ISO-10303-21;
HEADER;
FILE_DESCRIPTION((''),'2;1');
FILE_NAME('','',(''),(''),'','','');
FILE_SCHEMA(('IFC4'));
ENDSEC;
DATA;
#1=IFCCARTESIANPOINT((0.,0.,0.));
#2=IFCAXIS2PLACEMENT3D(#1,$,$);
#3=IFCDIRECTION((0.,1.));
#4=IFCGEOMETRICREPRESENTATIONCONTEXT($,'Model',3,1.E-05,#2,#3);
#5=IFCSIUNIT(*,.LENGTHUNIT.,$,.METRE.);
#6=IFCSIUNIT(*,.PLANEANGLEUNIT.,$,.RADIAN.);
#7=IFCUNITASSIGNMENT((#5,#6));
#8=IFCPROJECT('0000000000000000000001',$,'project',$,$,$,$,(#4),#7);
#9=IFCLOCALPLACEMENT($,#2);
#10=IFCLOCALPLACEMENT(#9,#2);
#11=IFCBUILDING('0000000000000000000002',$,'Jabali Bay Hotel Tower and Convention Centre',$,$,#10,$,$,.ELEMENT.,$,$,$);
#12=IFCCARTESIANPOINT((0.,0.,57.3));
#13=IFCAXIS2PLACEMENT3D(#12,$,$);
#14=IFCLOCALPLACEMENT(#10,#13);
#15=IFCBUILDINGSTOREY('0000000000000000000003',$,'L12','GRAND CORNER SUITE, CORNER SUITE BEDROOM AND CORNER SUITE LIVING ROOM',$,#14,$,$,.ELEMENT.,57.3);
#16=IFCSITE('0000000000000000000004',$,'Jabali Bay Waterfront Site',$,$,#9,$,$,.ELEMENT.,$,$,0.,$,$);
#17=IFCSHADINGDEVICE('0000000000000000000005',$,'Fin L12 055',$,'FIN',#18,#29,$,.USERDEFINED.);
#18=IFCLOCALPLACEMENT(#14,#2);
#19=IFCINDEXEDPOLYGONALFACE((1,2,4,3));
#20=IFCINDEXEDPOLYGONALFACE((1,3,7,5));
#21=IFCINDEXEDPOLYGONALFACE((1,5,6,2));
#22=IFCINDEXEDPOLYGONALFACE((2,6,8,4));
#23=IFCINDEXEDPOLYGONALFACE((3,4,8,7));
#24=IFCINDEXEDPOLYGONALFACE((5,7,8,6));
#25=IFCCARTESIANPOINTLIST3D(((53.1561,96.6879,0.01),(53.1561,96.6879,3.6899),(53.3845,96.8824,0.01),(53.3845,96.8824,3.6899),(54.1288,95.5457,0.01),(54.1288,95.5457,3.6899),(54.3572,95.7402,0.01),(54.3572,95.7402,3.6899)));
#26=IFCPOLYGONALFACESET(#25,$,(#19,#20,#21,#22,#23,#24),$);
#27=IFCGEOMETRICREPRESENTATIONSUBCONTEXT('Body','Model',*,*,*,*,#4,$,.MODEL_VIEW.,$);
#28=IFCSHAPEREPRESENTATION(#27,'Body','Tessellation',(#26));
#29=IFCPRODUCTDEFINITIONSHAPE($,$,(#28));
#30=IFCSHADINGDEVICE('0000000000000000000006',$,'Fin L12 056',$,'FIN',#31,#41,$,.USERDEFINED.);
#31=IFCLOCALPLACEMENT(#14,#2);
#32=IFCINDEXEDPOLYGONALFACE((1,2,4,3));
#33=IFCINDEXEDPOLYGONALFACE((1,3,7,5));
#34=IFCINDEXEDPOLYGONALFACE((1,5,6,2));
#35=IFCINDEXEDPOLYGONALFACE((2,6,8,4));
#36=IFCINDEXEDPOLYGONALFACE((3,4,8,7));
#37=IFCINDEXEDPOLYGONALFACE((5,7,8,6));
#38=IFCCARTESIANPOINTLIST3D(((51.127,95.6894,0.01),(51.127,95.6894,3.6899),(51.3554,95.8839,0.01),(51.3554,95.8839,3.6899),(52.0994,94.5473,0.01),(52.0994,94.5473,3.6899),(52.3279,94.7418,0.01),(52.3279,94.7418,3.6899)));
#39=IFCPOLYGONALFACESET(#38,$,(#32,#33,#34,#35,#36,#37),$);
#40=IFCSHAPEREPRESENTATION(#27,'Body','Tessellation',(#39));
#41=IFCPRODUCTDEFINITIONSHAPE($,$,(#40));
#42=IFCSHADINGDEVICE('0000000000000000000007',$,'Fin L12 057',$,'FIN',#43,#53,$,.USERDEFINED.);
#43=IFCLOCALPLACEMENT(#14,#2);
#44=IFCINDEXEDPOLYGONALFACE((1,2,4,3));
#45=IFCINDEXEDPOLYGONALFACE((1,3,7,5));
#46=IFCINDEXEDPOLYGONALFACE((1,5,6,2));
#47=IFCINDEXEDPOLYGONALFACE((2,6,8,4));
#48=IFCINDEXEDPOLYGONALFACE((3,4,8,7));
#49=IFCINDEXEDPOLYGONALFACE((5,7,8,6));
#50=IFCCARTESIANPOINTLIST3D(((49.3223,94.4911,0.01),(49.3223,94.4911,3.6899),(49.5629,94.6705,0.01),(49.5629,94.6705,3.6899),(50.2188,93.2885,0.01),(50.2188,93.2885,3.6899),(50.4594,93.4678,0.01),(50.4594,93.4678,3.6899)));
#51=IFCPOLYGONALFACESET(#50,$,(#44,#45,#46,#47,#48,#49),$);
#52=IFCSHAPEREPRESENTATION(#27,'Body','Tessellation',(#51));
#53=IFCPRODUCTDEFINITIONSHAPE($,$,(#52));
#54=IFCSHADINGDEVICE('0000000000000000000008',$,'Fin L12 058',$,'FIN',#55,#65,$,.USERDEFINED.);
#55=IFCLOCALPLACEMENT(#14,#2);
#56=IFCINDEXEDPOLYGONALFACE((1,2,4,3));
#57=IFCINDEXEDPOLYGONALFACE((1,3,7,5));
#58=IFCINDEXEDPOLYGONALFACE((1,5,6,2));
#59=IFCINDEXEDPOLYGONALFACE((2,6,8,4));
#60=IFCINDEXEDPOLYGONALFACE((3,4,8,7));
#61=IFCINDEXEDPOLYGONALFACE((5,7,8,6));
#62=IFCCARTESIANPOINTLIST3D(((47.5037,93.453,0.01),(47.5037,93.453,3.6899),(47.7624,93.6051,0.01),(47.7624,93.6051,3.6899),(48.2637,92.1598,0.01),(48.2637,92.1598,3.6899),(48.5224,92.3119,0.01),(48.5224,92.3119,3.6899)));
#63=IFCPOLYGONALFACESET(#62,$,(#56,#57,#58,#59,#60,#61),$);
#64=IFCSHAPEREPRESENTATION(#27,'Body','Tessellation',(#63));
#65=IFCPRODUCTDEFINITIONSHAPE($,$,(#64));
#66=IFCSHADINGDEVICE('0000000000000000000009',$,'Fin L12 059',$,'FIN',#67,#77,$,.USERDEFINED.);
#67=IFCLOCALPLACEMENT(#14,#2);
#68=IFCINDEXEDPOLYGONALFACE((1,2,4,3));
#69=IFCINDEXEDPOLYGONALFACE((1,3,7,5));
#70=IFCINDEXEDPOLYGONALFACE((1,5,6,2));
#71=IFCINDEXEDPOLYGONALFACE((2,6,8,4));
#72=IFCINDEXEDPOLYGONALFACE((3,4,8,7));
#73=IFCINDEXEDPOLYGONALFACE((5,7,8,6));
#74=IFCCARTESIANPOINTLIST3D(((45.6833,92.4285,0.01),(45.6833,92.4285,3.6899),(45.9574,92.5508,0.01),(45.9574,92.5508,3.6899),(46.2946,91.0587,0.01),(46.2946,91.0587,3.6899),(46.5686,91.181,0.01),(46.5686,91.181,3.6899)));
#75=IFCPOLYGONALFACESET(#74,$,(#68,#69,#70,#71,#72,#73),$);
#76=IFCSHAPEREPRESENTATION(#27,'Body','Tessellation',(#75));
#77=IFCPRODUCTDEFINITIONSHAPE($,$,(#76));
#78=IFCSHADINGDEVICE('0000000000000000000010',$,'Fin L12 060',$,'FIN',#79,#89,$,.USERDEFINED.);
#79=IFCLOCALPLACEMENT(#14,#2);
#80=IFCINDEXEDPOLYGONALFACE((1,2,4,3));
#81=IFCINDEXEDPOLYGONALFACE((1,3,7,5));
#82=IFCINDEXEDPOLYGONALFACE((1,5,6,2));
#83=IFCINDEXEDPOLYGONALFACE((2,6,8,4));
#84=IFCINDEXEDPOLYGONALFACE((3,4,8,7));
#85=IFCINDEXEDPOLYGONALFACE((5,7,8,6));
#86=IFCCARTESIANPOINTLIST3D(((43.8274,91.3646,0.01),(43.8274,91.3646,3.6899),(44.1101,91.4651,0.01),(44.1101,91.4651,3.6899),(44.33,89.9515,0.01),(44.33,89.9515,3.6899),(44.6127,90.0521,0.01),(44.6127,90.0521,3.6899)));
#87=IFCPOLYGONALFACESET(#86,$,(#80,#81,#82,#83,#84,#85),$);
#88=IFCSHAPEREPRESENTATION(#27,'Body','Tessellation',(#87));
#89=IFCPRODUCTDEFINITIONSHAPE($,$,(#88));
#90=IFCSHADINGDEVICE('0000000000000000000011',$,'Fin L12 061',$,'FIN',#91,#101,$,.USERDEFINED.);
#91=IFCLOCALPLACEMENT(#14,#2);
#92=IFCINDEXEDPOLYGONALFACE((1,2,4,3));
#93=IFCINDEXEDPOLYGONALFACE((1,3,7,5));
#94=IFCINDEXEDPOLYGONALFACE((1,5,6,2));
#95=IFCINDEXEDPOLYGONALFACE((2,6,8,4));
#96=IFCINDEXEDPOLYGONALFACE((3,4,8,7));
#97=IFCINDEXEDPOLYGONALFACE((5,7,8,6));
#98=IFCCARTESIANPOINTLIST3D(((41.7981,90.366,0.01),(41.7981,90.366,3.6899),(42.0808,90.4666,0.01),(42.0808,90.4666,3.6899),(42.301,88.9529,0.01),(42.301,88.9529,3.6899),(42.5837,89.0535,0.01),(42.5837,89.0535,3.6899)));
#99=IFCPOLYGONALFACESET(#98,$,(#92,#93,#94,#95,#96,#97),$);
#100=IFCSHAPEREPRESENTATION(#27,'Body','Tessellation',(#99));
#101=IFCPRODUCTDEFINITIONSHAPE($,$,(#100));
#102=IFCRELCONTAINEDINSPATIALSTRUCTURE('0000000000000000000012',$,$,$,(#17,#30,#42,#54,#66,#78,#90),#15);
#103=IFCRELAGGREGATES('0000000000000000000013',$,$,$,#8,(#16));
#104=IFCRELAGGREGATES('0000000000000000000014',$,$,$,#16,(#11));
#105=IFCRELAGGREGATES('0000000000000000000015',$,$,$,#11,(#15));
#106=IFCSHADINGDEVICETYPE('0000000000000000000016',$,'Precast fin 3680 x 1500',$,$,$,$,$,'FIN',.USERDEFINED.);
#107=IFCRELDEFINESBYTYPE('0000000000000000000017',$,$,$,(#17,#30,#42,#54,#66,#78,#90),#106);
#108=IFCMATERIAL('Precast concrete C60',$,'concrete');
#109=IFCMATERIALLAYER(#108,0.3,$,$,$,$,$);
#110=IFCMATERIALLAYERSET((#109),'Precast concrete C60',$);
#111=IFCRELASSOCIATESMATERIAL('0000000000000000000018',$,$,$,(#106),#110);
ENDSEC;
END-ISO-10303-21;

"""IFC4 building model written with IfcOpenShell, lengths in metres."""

from ifc_helpers import new_model, si_unit, direction, frame, frame_2d, origin, place, context, subcontext, project, spatial, rectangle, extrude, material, layer, layer_set, type_object, element, save


model = new_model("IFC4")

# Units and contexts
model_context = context("Model", 3, precision=1e-05, world=origin(), true_north=direction((0.0, 1.0)))
body_context = subcontext(model_context, "Body", "Model", "MODEL_VIEW")
ifc_project = project(units=[si_unit("LENGTHUNIT", "METRE"), si_unit("PLANEANGLEUNIT", "RADIAN")], contexts=[model_context])

# Site, building, storey
site_placement = place(None, origin())
site = spatial("IfcSite", under=ifc_project, at=site_placement, Name="Jabali Bay Waterfront Site", CompositionType="ELEMENT", RefElevation=0.0)
building_placement = place(site_placement, origin())
building = spatial("IfcBuilding", under=site, at=building_placement, Name="Jabali Bay Hotel Tower and Convention Centre", CompositionType="ELEMENT")
storey_placement = place(building_placement, frame((0.0, 0.0, 57.3)))
storey = spatial("IfcBuildingStorey", under=building, at=storey_placement, Name="L12", Description="GRAND CORNER SUITE, CORNER SUITE BEDROOM AND CORNER SUITE LIVING ROOM", CompositionType="ELEMENT", Elevation=57.3)

# Shading devices
ifc_material_1 = material(Name="Precast concrete C60", Category="concrete")
ifc_layer_1 = layer(ifc_material_1, 0.3)
ifc_layer_set_1 = layer_set([ifc_layer_1], Name="Precast concrete C60")
shading_device_type = type_object("IfcShadingDeviceType", Name="Precast fin 3680 x 1500", ElementType="FIN", PredefinedType="USERDEFINED", material=ifc_layer_set_1)
shading_device_1_placement = place(storey_placement, frame((54.2429, 95.6431, 0.01), z_axis=(0.0, 0.0, 1.0), x_axis=(-0.648376, 0.761321, 0.0)))
element("IfcShadingDevice", 1, at=shading_device_1_placement, inside=storey, type_object=shading_device_type, Name="Fin L12 055", ObjectType="FIN", PredefinedType="USERDEFINED", context=body_context, shape_type="SweptSolid", body=[
    extrude(rectangle(XDim=1.5002, YDim=0.3, at=frame_2d((0.75, 0.0))), origin(), (0.0, 0.0, 1.0), 3.6799),
])
for number, where, z_axis, x_axis, name in (
    (2, (52.2136, 94.6445, 0.01), (0.0, 0.0, 1.0), (-0.648281, 0.761401, 0.0), "Fin L12 056"),
    (3, (50.3391, 93.3782, 0.01), (0.0, 0.0, 1.0), (-0.597654, 0.801754, 0.0), "Fin L12 057"),
    (4, (48.3931, 92.2358, 0.01), (0.0, 0.0, 1.0), (-0.506672, 0.862139, 0.0), "Fin L12 058"),
    (5, (46.4316, 91.1199, 0.01), (0.0, 0.0, 1.0), (-0.407527, 0.913193, 0.0), "Fin L12 059"),
):
    element("IfcShadingDevice", number, at=place(storey_placement, frame(where, z_axis=z_axis, x_axis=x_axis)), inside=storey, type_object=shading_device_type, Name=name, ObjectType="FIN", PredefinedType="USERDEFINED", context=body_context, shape_type="SweptSolid", body=[
        extrude(rectangle(XDim=1.5, YDim=0.3, at=frame_2d((0.75, 0.0))), origin(), (0.0, 0.0, 1.0), 3.6799),
    ])
shading_device_2_placement = place(storey_placement, frame((44.4714, 90.0017, 0.01), z_axis=(0.0, 0.0, 1.0), x_axis=(-0.335161, 0.942161, 0.0)))
element("IfcShadingDevice", 6, at=shading_device_2_placement, inside=storey, type_object=shading_device_type, Name="Fin L12 060", ObjectType="FIN", PredefinedType="USERDEFINED", context=body_context, shape_type="SweptSolid", body=[
    extrude(rectangle(XDim=1.4998, YDim=0.3, at=frame_2d((0.75, 0.0))), origin(), (0.0, 0.0, 1.0), 3.6799),
])
shading_device_3_placement = place(storey_placement, frame((42.4424, 89.0032, 0.01), z_axis=(0.0, 0.0, 1.0), x_axis=(-0.335305, 0.94211, 0.0)))
element("IfcShadingDevice", 7, at=shading_device_3_placement, inside=storey, type_object=shading_device_type, Name="Fin L12 061", ObjectType="FIN", PredefinedType="USERDEFINED", context=body_context, shape_type="SweptSolid", body=[
    extrude(rectangle(XDim=1.5, YDim=0.3, at=frame_2d((0.75, 0.0))), origin(), (0.0, 0.0, 1.0), 3.6799),
])

save(model, "model.ifc")
